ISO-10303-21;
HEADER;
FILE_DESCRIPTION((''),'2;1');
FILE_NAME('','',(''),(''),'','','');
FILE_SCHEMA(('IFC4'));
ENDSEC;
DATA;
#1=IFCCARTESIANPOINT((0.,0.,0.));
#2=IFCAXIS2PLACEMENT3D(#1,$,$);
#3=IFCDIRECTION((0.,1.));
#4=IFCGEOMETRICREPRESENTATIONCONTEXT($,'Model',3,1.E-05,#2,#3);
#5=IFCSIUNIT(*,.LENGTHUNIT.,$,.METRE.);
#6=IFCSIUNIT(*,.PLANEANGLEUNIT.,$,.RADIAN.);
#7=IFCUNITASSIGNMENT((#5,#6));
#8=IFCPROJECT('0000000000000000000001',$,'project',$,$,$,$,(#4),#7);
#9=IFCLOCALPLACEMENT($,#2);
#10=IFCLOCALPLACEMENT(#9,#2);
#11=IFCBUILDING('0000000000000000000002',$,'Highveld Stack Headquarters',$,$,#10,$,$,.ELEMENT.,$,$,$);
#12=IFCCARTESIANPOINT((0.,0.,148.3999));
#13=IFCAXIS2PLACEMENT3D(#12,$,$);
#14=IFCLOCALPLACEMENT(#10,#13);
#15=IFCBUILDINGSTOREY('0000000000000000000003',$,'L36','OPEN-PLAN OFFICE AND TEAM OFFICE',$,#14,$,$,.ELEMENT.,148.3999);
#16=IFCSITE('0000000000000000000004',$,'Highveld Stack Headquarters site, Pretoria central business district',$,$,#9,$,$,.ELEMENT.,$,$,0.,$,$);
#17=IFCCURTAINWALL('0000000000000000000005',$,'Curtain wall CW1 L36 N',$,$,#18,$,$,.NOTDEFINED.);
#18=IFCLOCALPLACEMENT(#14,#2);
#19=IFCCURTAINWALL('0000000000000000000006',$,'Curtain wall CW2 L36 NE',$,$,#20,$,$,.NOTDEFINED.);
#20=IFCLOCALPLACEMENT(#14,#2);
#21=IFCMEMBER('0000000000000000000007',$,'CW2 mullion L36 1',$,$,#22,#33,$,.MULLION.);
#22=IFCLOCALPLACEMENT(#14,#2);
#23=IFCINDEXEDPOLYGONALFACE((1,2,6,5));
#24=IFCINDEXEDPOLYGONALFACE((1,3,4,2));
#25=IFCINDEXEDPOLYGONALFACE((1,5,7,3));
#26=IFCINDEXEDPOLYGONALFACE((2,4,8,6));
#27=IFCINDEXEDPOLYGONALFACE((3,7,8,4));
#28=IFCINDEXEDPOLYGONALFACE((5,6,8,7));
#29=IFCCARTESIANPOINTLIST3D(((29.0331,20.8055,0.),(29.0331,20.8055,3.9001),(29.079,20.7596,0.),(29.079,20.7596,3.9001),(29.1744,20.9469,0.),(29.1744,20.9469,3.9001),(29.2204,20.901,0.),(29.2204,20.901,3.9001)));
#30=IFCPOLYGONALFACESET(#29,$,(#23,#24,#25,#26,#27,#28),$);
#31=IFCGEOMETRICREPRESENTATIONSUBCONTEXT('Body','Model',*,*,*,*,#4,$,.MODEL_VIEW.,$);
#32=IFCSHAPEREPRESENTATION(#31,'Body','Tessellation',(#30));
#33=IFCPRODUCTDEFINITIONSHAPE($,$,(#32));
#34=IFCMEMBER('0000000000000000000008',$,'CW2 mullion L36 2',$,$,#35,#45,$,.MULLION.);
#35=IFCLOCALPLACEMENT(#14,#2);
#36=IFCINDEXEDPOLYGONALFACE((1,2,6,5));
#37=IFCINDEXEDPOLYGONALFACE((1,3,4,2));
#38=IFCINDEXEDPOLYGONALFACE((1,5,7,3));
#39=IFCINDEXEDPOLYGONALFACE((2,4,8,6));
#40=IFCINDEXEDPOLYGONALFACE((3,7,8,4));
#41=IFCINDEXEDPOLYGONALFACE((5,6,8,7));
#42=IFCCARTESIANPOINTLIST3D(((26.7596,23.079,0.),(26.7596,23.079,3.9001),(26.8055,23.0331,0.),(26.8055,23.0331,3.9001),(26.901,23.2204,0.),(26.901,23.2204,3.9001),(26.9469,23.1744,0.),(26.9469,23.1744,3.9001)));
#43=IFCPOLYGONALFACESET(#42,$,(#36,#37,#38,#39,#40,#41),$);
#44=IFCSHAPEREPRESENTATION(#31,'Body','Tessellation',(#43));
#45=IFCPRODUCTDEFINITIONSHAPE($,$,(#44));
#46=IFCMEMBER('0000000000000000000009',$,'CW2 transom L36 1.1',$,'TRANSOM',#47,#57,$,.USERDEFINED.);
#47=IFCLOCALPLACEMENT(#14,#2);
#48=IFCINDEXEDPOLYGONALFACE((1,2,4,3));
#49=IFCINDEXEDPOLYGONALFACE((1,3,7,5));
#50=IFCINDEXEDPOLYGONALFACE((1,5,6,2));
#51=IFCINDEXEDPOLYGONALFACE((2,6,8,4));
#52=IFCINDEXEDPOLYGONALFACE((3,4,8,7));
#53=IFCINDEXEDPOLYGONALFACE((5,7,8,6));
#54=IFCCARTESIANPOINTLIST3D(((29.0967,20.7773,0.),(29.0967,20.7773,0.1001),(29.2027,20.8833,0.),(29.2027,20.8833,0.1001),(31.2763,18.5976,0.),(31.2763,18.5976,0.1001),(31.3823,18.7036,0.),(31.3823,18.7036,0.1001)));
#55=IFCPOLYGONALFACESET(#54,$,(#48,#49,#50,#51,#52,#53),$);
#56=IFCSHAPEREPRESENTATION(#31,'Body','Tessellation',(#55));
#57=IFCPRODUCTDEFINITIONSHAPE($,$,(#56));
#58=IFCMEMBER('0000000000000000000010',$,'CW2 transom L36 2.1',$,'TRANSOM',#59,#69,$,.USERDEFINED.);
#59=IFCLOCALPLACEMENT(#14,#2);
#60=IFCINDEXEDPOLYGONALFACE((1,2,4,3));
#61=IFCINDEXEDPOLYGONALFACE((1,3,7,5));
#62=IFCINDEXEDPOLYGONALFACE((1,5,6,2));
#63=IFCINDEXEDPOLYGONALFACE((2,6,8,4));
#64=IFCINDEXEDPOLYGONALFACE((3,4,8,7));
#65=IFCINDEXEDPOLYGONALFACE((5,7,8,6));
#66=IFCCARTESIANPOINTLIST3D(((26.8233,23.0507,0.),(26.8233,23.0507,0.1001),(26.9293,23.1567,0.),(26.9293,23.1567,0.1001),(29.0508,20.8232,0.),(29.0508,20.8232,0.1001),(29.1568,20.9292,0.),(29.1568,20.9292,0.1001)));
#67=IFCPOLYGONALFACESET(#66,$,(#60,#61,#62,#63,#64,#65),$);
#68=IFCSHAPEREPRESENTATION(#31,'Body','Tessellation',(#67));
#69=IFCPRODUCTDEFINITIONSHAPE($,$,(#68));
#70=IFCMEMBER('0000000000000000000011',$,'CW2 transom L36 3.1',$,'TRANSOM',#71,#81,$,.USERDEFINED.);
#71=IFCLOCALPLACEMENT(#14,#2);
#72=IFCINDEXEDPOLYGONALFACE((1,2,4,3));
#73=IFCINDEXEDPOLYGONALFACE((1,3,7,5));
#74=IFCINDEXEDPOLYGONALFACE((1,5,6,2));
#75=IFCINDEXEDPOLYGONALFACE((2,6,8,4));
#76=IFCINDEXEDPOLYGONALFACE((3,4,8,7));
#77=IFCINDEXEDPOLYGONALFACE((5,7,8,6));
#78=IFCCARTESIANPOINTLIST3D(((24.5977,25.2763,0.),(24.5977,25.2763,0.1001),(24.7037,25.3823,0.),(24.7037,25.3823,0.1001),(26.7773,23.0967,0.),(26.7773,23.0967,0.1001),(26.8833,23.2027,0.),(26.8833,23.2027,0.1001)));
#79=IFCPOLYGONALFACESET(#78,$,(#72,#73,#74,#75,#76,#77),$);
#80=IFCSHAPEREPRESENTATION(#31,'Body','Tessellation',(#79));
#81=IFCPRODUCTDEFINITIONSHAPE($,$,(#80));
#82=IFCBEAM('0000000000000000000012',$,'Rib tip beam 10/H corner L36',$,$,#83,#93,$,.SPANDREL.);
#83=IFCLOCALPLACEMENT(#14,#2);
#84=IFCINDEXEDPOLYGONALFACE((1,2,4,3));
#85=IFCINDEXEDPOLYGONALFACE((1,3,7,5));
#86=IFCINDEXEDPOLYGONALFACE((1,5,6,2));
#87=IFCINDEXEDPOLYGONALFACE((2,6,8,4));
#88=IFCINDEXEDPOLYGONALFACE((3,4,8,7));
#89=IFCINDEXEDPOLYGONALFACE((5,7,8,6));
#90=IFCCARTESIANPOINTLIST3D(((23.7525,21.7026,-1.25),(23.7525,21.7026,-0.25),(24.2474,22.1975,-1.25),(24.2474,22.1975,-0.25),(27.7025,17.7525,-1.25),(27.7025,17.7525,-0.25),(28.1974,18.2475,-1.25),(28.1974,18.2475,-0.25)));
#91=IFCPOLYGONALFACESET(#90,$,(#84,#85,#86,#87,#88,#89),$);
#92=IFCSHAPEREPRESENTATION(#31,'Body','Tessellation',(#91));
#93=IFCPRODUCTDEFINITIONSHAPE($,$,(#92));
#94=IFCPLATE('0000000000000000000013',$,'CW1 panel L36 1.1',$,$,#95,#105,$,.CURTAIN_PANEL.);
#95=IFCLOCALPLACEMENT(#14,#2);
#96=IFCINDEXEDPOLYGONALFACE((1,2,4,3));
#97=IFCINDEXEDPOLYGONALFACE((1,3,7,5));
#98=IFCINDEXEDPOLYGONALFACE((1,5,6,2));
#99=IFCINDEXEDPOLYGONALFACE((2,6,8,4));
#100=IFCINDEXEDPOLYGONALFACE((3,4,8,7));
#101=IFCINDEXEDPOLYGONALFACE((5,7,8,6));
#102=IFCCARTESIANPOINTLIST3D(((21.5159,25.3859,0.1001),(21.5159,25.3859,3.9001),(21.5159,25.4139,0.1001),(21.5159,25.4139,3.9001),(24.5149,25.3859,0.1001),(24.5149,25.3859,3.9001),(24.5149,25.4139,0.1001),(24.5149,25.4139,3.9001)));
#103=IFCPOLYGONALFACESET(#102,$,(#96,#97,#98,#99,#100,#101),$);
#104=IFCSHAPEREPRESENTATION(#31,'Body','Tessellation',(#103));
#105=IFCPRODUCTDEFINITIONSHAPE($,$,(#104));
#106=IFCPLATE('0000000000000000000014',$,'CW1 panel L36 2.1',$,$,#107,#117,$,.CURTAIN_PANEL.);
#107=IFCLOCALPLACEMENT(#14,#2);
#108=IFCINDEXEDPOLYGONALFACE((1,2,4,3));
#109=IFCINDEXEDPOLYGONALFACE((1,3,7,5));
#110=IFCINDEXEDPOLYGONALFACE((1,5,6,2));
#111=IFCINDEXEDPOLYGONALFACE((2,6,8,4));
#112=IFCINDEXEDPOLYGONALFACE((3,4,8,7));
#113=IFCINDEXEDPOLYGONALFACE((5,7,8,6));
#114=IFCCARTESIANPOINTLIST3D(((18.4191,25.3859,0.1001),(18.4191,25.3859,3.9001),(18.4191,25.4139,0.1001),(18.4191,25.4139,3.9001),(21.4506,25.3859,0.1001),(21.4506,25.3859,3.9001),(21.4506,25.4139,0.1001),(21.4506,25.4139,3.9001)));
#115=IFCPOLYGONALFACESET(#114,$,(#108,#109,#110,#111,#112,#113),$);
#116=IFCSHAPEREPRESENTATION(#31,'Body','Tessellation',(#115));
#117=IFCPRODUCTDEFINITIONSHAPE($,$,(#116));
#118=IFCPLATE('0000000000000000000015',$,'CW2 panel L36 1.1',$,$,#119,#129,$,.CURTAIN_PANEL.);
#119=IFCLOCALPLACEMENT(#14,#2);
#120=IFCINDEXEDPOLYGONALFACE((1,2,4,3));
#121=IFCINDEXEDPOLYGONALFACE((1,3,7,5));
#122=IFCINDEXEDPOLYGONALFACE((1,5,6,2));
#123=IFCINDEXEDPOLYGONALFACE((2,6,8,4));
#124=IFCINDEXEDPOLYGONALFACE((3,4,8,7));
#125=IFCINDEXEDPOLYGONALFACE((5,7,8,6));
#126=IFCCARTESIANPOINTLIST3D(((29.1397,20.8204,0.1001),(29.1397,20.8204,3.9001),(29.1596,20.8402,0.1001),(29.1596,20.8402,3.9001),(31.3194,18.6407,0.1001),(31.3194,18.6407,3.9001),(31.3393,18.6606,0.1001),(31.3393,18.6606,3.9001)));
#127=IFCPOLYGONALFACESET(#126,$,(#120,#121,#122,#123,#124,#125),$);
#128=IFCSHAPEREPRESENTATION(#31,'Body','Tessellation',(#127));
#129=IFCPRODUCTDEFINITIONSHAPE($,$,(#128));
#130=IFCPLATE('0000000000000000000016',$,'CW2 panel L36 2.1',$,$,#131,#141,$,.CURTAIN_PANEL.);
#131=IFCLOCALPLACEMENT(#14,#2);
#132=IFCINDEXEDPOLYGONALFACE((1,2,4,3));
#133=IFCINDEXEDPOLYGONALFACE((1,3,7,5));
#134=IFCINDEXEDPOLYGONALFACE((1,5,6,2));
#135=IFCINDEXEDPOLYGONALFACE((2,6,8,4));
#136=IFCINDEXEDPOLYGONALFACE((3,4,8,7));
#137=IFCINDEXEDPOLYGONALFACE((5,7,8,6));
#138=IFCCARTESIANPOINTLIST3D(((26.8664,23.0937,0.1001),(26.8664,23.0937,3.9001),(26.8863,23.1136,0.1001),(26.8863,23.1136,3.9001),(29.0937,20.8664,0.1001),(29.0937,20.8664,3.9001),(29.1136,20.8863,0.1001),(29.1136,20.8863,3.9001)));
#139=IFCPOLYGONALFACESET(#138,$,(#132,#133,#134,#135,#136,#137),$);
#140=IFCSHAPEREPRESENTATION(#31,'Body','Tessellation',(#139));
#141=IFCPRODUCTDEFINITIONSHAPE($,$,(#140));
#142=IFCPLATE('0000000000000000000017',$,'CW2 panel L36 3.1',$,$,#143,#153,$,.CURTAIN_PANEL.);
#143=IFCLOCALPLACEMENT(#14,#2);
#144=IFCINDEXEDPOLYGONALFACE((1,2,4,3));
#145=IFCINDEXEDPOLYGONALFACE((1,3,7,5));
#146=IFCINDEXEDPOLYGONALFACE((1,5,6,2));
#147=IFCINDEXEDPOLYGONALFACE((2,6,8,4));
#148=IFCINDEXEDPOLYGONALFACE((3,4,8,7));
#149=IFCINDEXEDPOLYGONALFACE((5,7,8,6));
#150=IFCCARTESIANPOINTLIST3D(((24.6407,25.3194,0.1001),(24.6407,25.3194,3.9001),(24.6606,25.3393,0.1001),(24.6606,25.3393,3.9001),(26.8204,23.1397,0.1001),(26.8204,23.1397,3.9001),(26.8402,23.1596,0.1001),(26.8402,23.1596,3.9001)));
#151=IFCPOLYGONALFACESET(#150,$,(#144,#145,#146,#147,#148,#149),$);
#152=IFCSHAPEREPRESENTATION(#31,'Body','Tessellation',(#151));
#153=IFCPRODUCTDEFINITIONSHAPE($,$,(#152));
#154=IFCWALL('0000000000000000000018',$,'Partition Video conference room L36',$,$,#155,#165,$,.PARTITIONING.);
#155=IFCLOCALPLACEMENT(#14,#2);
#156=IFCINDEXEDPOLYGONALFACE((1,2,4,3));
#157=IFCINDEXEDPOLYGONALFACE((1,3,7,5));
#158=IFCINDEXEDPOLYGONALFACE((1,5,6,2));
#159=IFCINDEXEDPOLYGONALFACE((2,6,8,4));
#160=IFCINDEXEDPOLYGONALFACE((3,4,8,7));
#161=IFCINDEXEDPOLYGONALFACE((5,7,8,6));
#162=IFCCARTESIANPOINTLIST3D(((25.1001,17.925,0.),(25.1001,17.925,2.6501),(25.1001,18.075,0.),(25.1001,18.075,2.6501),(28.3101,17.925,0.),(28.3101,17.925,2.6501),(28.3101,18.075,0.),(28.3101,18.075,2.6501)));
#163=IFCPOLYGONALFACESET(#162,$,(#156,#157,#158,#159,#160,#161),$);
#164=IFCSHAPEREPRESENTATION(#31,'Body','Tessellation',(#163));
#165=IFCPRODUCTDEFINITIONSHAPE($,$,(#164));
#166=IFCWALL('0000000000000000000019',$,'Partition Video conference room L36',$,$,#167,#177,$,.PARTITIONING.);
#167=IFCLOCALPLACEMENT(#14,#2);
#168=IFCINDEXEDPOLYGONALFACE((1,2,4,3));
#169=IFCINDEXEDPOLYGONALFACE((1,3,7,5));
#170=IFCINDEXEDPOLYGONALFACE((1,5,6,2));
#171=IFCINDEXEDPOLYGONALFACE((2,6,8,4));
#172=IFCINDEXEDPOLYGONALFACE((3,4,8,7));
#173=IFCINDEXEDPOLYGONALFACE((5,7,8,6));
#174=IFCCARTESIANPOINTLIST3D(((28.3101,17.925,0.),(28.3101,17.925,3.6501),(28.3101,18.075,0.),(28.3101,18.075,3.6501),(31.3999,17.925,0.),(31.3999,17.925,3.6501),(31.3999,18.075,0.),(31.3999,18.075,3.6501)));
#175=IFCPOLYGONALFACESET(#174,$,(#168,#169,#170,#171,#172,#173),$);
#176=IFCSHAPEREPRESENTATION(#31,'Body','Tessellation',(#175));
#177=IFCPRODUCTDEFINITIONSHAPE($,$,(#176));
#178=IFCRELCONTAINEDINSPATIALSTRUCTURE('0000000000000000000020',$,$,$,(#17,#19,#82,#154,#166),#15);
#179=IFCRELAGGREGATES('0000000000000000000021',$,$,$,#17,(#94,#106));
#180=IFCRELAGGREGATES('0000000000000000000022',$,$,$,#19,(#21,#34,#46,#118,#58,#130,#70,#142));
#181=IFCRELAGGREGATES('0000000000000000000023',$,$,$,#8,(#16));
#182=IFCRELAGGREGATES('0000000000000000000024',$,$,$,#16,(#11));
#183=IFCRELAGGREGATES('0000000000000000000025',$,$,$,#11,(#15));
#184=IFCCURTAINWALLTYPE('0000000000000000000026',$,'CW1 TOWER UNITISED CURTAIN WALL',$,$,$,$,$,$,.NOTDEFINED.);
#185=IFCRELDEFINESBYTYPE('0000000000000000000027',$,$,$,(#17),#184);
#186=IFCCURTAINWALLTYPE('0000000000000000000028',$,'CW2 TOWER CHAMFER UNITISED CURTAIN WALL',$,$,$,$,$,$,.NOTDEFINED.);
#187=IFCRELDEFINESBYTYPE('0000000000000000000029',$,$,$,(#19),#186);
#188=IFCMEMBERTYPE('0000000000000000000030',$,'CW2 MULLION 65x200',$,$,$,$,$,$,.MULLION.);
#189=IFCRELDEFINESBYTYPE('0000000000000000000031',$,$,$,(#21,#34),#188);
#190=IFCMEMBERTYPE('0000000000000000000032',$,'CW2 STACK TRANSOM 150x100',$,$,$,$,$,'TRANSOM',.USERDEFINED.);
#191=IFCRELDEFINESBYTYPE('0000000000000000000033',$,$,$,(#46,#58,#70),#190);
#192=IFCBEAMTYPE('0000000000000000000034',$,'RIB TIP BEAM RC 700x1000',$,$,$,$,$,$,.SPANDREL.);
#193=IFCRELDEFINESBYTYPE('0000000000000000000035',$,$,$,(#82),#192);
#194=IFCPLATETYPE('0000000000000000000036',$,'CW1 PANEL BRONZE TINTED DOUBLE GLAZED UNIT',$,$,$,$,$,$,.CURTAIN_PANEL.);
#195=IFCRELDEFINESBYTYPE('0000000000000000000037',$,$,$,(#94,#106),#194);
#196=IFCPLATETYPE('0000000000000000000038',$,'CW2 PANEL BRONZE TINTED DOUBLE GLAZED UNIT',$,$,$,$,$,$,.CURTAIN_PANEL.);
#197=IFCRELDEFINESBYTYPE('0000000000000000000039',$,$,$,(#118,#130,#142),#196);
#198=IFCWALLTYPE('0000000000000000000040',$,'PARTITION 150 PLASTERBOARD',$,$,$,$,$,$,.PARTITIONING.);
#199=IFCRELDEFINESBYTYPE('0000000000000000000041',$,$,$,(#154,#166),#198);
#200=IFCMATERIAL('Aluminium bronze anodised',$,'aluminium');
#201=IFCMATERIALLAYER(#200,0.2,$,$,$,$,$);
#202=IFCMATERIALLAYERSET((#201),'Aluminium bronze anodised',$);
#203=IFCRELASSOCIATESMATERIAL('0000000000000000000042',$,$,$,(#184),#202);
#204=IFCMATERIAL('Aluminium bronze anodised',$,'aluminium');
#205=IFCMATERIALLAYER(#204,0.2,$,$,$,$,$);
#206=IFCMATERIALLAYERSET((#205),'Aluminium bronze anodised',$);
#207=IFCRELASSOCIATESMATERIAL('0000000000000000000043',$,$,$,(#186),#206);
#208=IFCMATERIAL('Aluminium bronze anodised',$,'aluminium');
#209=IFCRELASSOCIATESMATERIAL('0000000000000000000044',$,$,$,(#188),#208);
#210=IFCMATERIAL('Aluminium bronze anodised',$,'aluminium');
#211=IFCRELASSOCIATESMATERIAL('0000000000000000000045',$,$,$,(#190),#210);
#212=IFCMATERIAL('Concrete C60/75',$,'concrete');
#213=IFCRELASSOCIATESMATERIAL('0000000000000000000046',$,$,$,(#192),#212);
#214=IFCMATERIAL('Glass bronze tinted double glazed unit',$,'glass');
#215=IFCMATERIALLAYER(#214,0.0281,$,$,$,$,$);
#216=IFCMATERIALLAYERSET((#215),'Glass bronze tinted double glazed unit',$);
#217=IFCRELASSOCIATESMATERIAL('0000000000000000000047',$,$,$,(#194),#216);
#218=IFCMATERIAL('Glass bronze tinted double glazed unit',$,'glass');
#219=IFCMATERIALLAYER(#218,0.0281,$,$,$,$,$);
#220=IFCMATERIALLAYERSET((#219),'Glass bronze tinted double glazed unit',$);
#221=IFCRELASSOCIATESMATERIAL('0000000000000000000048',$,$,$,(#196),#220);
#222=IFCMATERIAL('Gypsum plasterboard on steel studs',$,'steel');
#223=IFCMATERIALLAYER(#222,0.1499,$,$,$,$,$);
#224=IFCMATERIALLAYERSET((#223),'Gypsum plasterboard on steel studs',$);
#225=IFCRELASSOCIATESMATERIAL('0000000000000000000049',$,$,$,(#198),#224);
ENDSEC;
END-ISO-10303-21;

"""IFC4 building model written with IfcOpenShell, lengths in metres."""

from ifc_helpers import new_model, si_unit, direction, frame, frame_2d, origin, origin_2d, place, context, subcontext, project, spatial, rectangle, extrude, material, layer, layer_set, material_profile, profile_set, type_object, element, aggregate, save


model = new_model("IFC4")

# Units and contexts
model_context = context("Model", 3, precision=1e-05, world=origin(), true_north=direction((0.0, 1.0)))
body_context = subcontext(model_context, "Body", "Model", "MODEL_VIEW")
ifc_project = project(units=[si_unit("LENGTHUNIT", "METRE"), si_unit("PLANEANGLEUNIT", "RADIAN")], contexts=[model_context])

# Site, building, storey
site_placement = place(None, origin())
site = spatial("IfcSite", under=ifc_project, at=site_placement, Name="Highveld Stack Headquarters site, Pretoria central business district", CompositionType="ELEMENT", RefElevation=0.0)
building_placement = place(site_placement, origin())
building = spatial("IfcBuilding", under=site, at=building_placement, Name="Highveld Stack Headquarters", CompositionType="ELEMENT")
storey_placement = place(building_placement, frame((0.0, 0.0, 148.3999)))
storey = spatial("IfcBuildingStorey", under=building, at=storey_placement, Name="L36", Description="OPEN-PLAN OFFICE AND TEAM OFFICE", CompositionType="ELEMENT", Elevation=148.3999)

# Shared definitions
ifc_material_1 = material(Name="Aluminium bronze anodised", Category="aluminium")
ifc_layer_1 = layer(ifc_material_1, 0.2)
ifc_layer_set_1 = layer_set([ifc_layer_1], Name="Aluminium bronze anodised")
curtain_wall_type_1 = type_object("IfcCurtainWallType", Name="CW1 TOWER UNITISED CURTAIN WALL", PredefinedType="NOTDEFINED", material=ifc_layer_set_1)

# Curtain wall
curtain_wall_1_placement = place(storey_placement, origin())
curtain_wall_1 = element("IfcCurtainWall", 1, at=curtain_wall_1_placement, inside=storey, type_object=curtain_wall_type_1, Name="Curtain wall CW1 L36 N", PredefinedType="NOTDEFINED")

# Curtain wall, members
ifc_material_2 = material(Name="Aluminium bronze anodised", Category="aluminium")
ifc_layer_2 = layer(ifc_material_2, 0.2)
ifc_layer_set_2 = layer_set([ifc_layer_2], Name="Aluminium bronze anodised")
curtain_wall_type_2 = type_object("IfcCurtainWallType", Name="CW2 TOWER CHAMFER UNITISED CURTAIN WALL", PredefinedType="NOTDEFINED", material=ifc_layer_set_2)
curtain_wall_2_placement = place(storey_placement, origin())
curtain_wall_2 = element("IfcCurtainWall", 2, at=curtain_wall_2_placement, inside=storey, type_object=curtain_wall_type_2, Name="Curtain wall CW2 L36 NE", PredefinedType="NOTDEFINED")
ifc_material_3 = material(Name="Aluminium bronze anodised", Category="aluminium")
ifc_material_profile_1 = material_profile(ifc_material_3, rectangle(XDim=0.2, YDim=0.0649, at=origin_2d()), Name="CW2 MULLION 65x200")
ifc_profile_set_1 = profile_set([ifc_material_profile_1], Name="Aluminium bronze anodised")
member_type_1 = type_object("IfcMemberType", Name="CW2 MULLION 65x200", PredefinedType="MULLION", material=ifc_profile_set_1)
member_1_placement = place(storey_placement, frame((29.1267, 20.8533, 0.0), z_axis=(0.0, 0.0, 1.0), x_axis=(-0.707107, -0.707107, 0.0)))
member_1 = element("IfcMember", 3, at=member_1_placement, type_object=member_type_1, Name="CW2 mullion L36 1", PredefinedType="MULLION", context=body_context, shape_type="SweptSolid", body=[
    extrude(rectangle(XDim=0.2, YDim=0.0649, at=origin_2d()), origin(), (0.0, 0.0, 1.0), 3.9001),
])
member_2_placement = place(storey_placement, frame((26.8533, 23.1267, 0.0), z_axis=(0.0, 0.0, 1.0), x_axis=(-0.707107, -0.707107, 0.0)))
member_2 = element("IfcMember", 4, at=member_2_placement, type_object=member_type_1, Name="CW2 mullion L36 2", PredefinedType="MULLION", context=body_context, shape_type="SweptSolid", body=[
    extrude(rectangle(XDim=0.2, YDim=0.0649, at=origin_2d()), origin(), (0.0, 0.0, 1.0), 3.9001),
])
ifc_material_4 = material(Name="Aluminium bronze anodised", Category="aluminium")
ifc_material_profile_2 = material_profile(ifc_material_4, rectangle(XDim=0.1499, YDim=0.1001, at=origin_2d()), Name="CW2 TRANSOM 150x100")
ifc_profile_set_2 = profile_set([ifc_material_profile_2], Name="Aluminium bronze anodised")
member_type_2 = type_object("IfcMemberType", Name="CW2 STACK TRANSOM 150x100", ElementType="TRANSOM", PredefinedType="USERDEFINED", material=ifc_profile_set_2)
member_3_placement = place(storey_placement, frame((31.3293, 18.6506, 0.05), z_axis=(-0.707107, 0.707107, 0.0), x_axis=(-0.707107, -0.707107, 0.0)))
member_3 = element("IfcMember", 5, at=member_3_placement, type_object=member_type_2, Name="CW2 transom L36 1.1", ObjectType="TRANSOM", PredefinedType="USERDEFINED", context=body_context, shape_type="SweptSolid", body=[
    extrude(rectangle(XDim=0.1499, YDim=0.1001, at=origin_2d()), origin(), (0.0, 0.0, 1.0), 3.0825),
])
member_4_placement = place(storey_placement, frame((29.1038, 20.8762, 0.05), z_axis=(-0.707107, 0.707107, 0.0), x_axis=(-0.707107, -0.707107, 0.0)))
member_4 = element("IfcMember", 6, at=member_4_placement, type_object=member_type_2, Name="CW2 transom L36 2.1", ObjectType="TRANSOM", PredefinedType="USERDEFINED", context=body_context, shape_type="SweptSolid", body=[
    extrude(rectangle(XDim=0.1499, YDim=0.1001, at=origin_2d()), origin(), (0.0, 0.0, 1.0), 3.1501),
])
member_5_placement = place(storey_placement, frame((26.8303, 23.1497, 0.05), z_axis=(-0.707107, 0.707107, 0.0), x_axis=(-0.707107, -0.707107, 0.0)))
member_5 = element("IfcMember", 7, at=member_5_placement, type_object=member_type_2, Name="CW2 transom L36 3.1", ObjectType="TRANSOM", PredefinedType="USERDEFINED", context=body_context, shape_type="SweptSolid", body=[
    extrude(rectangle(XDim=0.1499, YDim=0.1001, at=origin_2d()), origin(), (0.0, 0.0, 1.0), 3.0825),
])

# Beam
ifc_material_5 = material(Name="Concrete C60/75", Category="concrete")
ifc_material_profile_3 = material_profile(ifc_material_5, rectangle(XDim=0.7, YDim=1.0, at=origin_2d()), Name="RC 700x1000")
ifc_profile_set_3 = profile_set([ifc_material_profile_3], Name="Concrete C60/75")
beam_type_1 = type_object("IfcBeamType", Name="RIB TIP BEAM RC 700x1000", PredefinedType="SPANDREL", material=ifc_profile_set_3)
beam_1_placement = place(storey_placement, frame((27.95, 18.0, -0.75), z_axis=(-0.707107, 0.707107, 0.0), x_axis=(-0.707107, -0.707107, 0.0)))
element("IfcBeam", 8, at=beam_1_placement, inside=storey, type_object=beam_type_1, Name="Rib tip beam 10/H corner L36", PredefinedType="SPANDREL", context=body_context, shape_type="SweptSolid", body=[
    extrude(rectangle(XDim=0.7, YDim=1.0, at=origin_2d()), origin(), (0.0, 0.0, 1.0), 5.5862),
])

# Plates
ifc_material_6 = material(Name="Glass bronze tinted double glazed unit", Category="glass")
ifc_layer_3 = layer(ifc_material_6, 0.0281)
ifc_layer_set_3 = layer_set([ifc_layer_3], Name="Glass bronze tinted double glazed unit")
plate_type_1 = type_object("IfcPlateType", Name="CW1 PANEL BRONZE TINTED DOUBLE GLAZED UNIT", PredefinedType="CURTAIN_PANEL", material=ifc_layer_set_3)
plate_1_placement = place(storey_placement, frame((23.0154, 25.3999, 0.1001), z_axis=(0.0, 0.0, 1.0), x_axis=(-1.0, 0.0, 0.0)))
plate_1 = element("IfcPlate", 9, at=plate_1_placement, type_object=plate_type_1, Name="CW1 panel L36 1.1", PredefinedType="CURTAIN_PANEL", context=body_context, shape_type="SweptSolid", body=[
    extrude(rectangle(XDim=2.999, YDim=0.0281, at=origin_2d()), origin(), (0.0, 0.0, 1.0), 3.8),
])
plate_2_placement = place(storey_placement, frame((19.9348, 25.3999, 0.1001), z_axis=(0.0, 0.0, 1.0), x_axis=(-1.0, 0.0, 0.0)))
plate_2 = element("IfcPlate", 10, at=plate_2_placement, type_object=plate_type_1, Name="CW1 panel L36 2.1", PredefinedType="CURTAIN_PANEL", context=body_context, shape_type="SweptSolid", body=[
    extrude(rectangle(XDim=3.0315, YDim=0.0281, at=origin_2d()), origin(), (0.0, 0.0, 1.0), 3.8),
])
aggregate(curtain_wall_1, [plate_1, plate_2])
ifc_material_7 = material(Name="Glass bronze tinted double glazed unit", Category="glass")
ifc_layer_4 = layer(ifc_material_7, 0.0281)
ifc_layer_set_4 = layer_set([ifc_layer_4], Name="Glass bronze tinted double glazed unit")
plate_type_2 = type_object("IfcPlateType", Name="CW2 PANEL BRONZE TINTED DOUBLE GLAZED UNIT", PredefinedType="CURTAIN_PANEL", material=ifc_layer_set_4)
plate_3_placement = place(storey_placement, frame((30.2395, 19.7405, 0.1001), z_axis=(0.0, 0.0, 1.0), x_axis=(-0.707107, 0.707107, 0.0)))
plate_3 = element("IfcPlate", 11, at=plate_3_placement, type_object=plate_type_2, Name="CW2 panel L36 1.1", PredefinedType="CURTAIN_PANEL", context=body_context, shape_type="SweptSolid", body=[
    extrude(rectangle(XDim=3.0825, YDim=0.0281, at=origin_2d()), origin(), (0.0, 0.0, 1.0), 3.8),
])
plate_4_placement = place(storey_placement, frame((27.99, 21.99, 0.1001), z_axis=(0.0, 0.0, 1.0), x_axis=(-0.707107, 0.707107, 0.0)))
plate_4 = element("IfcPlate", 12, at=plate_4_placement, type_object=plate_type_2, Name="CW2 panel L36 2.1", PredefinedType="CURTAIN_PANEL", context=body_context, shape_type="SweptSolid", body=[
    extrude(rectangle(XDim=3.1499, YDim=0.0281, at=origin_2d()), origin(), (0.0, 0.0, 1.0), 3.8),
])
plate_5_placement = place(storey_placement, frame((25.7405, 24.2395, 0.1001), z_axis=(0.0, 0.0, 1.0), x_axis=(-0.707107, 0.707107, 0.0)))
plate_5 = element("IfcPlate", 13, at=plate_5_placement, type_object=plate_type_2, Name="CW2 panel L36 3.1", PredefinedType="CURTAIN_PANEL", context=body_context, shape_type="SweptSolid", body=[
    extrude(rectangle(XDim=3.0825, YDim=0.0281, at=origin_2d()), origin(), (0.0, 0.0, 1.0), 3.8),
])
aggregate(curtain_wall_2, [member_1, member_2, member_3, plate_3, member_4, plate_4, member_5, plate_5])

# Walls
ifc_material_8 = material(Name="Gypsum plasterboard on steel studs", Category="steel")
ifc_layer_5 = layer(ifc_material_8, 0.1499)
ifc_layer_set_5 = layer_set([ifc_layer_5], Name="Gypsum plasterboard on steel studs")
wall_type = type_object("IfcWallType", Name="PARTITION 150 PLASTERBOARD", PredefinedType="PARTITIONING", material=ifc_layer_set_5)
wall_1_placement = place(storey_placement, frame((25.1001, 18.0, 0.0), z_axis=(0.0, 0.0, 1.0), x_axis=(1.0, 0.0, 0.0)))
element("IfcWall", 14, at=wall_1_placement, inside=storey, type_object=wall_type, Name="Partition Video conference room L36", PredefinedType="PARTITIONING", context=body_context, shape_type="SweptSolid", body=[
    extrude(rectangle(XDim=3.21, YDim=0.1499, at=frame_2d((1.605, 0.0))), origin(), (0.0, 0.0, 1.0), 2.6501),
])
wall_2_placement = place(storey_placement, frame((28.3101, 18.0, 0.0), z_axis=(0.0, 0.0, 1.0), x_axis=(1.0, 0.0, 0.0)))
element("IfcWall", 15, at=wall_2_placement, inside=storey, type_object=wall_type, Name="Partition Video conference room L36", PredefinedType="PARTITIONING", context=body_context, shape_type="SweptSolid", body=[
    extrude(rectangle(XDim=3.0898, YDim=0.1499, at=frame_2d((1.5449, 0.0))), origin(), (0.0, 0.0, 1.0), 3.6501),
])

save(model, "model.ifc")
